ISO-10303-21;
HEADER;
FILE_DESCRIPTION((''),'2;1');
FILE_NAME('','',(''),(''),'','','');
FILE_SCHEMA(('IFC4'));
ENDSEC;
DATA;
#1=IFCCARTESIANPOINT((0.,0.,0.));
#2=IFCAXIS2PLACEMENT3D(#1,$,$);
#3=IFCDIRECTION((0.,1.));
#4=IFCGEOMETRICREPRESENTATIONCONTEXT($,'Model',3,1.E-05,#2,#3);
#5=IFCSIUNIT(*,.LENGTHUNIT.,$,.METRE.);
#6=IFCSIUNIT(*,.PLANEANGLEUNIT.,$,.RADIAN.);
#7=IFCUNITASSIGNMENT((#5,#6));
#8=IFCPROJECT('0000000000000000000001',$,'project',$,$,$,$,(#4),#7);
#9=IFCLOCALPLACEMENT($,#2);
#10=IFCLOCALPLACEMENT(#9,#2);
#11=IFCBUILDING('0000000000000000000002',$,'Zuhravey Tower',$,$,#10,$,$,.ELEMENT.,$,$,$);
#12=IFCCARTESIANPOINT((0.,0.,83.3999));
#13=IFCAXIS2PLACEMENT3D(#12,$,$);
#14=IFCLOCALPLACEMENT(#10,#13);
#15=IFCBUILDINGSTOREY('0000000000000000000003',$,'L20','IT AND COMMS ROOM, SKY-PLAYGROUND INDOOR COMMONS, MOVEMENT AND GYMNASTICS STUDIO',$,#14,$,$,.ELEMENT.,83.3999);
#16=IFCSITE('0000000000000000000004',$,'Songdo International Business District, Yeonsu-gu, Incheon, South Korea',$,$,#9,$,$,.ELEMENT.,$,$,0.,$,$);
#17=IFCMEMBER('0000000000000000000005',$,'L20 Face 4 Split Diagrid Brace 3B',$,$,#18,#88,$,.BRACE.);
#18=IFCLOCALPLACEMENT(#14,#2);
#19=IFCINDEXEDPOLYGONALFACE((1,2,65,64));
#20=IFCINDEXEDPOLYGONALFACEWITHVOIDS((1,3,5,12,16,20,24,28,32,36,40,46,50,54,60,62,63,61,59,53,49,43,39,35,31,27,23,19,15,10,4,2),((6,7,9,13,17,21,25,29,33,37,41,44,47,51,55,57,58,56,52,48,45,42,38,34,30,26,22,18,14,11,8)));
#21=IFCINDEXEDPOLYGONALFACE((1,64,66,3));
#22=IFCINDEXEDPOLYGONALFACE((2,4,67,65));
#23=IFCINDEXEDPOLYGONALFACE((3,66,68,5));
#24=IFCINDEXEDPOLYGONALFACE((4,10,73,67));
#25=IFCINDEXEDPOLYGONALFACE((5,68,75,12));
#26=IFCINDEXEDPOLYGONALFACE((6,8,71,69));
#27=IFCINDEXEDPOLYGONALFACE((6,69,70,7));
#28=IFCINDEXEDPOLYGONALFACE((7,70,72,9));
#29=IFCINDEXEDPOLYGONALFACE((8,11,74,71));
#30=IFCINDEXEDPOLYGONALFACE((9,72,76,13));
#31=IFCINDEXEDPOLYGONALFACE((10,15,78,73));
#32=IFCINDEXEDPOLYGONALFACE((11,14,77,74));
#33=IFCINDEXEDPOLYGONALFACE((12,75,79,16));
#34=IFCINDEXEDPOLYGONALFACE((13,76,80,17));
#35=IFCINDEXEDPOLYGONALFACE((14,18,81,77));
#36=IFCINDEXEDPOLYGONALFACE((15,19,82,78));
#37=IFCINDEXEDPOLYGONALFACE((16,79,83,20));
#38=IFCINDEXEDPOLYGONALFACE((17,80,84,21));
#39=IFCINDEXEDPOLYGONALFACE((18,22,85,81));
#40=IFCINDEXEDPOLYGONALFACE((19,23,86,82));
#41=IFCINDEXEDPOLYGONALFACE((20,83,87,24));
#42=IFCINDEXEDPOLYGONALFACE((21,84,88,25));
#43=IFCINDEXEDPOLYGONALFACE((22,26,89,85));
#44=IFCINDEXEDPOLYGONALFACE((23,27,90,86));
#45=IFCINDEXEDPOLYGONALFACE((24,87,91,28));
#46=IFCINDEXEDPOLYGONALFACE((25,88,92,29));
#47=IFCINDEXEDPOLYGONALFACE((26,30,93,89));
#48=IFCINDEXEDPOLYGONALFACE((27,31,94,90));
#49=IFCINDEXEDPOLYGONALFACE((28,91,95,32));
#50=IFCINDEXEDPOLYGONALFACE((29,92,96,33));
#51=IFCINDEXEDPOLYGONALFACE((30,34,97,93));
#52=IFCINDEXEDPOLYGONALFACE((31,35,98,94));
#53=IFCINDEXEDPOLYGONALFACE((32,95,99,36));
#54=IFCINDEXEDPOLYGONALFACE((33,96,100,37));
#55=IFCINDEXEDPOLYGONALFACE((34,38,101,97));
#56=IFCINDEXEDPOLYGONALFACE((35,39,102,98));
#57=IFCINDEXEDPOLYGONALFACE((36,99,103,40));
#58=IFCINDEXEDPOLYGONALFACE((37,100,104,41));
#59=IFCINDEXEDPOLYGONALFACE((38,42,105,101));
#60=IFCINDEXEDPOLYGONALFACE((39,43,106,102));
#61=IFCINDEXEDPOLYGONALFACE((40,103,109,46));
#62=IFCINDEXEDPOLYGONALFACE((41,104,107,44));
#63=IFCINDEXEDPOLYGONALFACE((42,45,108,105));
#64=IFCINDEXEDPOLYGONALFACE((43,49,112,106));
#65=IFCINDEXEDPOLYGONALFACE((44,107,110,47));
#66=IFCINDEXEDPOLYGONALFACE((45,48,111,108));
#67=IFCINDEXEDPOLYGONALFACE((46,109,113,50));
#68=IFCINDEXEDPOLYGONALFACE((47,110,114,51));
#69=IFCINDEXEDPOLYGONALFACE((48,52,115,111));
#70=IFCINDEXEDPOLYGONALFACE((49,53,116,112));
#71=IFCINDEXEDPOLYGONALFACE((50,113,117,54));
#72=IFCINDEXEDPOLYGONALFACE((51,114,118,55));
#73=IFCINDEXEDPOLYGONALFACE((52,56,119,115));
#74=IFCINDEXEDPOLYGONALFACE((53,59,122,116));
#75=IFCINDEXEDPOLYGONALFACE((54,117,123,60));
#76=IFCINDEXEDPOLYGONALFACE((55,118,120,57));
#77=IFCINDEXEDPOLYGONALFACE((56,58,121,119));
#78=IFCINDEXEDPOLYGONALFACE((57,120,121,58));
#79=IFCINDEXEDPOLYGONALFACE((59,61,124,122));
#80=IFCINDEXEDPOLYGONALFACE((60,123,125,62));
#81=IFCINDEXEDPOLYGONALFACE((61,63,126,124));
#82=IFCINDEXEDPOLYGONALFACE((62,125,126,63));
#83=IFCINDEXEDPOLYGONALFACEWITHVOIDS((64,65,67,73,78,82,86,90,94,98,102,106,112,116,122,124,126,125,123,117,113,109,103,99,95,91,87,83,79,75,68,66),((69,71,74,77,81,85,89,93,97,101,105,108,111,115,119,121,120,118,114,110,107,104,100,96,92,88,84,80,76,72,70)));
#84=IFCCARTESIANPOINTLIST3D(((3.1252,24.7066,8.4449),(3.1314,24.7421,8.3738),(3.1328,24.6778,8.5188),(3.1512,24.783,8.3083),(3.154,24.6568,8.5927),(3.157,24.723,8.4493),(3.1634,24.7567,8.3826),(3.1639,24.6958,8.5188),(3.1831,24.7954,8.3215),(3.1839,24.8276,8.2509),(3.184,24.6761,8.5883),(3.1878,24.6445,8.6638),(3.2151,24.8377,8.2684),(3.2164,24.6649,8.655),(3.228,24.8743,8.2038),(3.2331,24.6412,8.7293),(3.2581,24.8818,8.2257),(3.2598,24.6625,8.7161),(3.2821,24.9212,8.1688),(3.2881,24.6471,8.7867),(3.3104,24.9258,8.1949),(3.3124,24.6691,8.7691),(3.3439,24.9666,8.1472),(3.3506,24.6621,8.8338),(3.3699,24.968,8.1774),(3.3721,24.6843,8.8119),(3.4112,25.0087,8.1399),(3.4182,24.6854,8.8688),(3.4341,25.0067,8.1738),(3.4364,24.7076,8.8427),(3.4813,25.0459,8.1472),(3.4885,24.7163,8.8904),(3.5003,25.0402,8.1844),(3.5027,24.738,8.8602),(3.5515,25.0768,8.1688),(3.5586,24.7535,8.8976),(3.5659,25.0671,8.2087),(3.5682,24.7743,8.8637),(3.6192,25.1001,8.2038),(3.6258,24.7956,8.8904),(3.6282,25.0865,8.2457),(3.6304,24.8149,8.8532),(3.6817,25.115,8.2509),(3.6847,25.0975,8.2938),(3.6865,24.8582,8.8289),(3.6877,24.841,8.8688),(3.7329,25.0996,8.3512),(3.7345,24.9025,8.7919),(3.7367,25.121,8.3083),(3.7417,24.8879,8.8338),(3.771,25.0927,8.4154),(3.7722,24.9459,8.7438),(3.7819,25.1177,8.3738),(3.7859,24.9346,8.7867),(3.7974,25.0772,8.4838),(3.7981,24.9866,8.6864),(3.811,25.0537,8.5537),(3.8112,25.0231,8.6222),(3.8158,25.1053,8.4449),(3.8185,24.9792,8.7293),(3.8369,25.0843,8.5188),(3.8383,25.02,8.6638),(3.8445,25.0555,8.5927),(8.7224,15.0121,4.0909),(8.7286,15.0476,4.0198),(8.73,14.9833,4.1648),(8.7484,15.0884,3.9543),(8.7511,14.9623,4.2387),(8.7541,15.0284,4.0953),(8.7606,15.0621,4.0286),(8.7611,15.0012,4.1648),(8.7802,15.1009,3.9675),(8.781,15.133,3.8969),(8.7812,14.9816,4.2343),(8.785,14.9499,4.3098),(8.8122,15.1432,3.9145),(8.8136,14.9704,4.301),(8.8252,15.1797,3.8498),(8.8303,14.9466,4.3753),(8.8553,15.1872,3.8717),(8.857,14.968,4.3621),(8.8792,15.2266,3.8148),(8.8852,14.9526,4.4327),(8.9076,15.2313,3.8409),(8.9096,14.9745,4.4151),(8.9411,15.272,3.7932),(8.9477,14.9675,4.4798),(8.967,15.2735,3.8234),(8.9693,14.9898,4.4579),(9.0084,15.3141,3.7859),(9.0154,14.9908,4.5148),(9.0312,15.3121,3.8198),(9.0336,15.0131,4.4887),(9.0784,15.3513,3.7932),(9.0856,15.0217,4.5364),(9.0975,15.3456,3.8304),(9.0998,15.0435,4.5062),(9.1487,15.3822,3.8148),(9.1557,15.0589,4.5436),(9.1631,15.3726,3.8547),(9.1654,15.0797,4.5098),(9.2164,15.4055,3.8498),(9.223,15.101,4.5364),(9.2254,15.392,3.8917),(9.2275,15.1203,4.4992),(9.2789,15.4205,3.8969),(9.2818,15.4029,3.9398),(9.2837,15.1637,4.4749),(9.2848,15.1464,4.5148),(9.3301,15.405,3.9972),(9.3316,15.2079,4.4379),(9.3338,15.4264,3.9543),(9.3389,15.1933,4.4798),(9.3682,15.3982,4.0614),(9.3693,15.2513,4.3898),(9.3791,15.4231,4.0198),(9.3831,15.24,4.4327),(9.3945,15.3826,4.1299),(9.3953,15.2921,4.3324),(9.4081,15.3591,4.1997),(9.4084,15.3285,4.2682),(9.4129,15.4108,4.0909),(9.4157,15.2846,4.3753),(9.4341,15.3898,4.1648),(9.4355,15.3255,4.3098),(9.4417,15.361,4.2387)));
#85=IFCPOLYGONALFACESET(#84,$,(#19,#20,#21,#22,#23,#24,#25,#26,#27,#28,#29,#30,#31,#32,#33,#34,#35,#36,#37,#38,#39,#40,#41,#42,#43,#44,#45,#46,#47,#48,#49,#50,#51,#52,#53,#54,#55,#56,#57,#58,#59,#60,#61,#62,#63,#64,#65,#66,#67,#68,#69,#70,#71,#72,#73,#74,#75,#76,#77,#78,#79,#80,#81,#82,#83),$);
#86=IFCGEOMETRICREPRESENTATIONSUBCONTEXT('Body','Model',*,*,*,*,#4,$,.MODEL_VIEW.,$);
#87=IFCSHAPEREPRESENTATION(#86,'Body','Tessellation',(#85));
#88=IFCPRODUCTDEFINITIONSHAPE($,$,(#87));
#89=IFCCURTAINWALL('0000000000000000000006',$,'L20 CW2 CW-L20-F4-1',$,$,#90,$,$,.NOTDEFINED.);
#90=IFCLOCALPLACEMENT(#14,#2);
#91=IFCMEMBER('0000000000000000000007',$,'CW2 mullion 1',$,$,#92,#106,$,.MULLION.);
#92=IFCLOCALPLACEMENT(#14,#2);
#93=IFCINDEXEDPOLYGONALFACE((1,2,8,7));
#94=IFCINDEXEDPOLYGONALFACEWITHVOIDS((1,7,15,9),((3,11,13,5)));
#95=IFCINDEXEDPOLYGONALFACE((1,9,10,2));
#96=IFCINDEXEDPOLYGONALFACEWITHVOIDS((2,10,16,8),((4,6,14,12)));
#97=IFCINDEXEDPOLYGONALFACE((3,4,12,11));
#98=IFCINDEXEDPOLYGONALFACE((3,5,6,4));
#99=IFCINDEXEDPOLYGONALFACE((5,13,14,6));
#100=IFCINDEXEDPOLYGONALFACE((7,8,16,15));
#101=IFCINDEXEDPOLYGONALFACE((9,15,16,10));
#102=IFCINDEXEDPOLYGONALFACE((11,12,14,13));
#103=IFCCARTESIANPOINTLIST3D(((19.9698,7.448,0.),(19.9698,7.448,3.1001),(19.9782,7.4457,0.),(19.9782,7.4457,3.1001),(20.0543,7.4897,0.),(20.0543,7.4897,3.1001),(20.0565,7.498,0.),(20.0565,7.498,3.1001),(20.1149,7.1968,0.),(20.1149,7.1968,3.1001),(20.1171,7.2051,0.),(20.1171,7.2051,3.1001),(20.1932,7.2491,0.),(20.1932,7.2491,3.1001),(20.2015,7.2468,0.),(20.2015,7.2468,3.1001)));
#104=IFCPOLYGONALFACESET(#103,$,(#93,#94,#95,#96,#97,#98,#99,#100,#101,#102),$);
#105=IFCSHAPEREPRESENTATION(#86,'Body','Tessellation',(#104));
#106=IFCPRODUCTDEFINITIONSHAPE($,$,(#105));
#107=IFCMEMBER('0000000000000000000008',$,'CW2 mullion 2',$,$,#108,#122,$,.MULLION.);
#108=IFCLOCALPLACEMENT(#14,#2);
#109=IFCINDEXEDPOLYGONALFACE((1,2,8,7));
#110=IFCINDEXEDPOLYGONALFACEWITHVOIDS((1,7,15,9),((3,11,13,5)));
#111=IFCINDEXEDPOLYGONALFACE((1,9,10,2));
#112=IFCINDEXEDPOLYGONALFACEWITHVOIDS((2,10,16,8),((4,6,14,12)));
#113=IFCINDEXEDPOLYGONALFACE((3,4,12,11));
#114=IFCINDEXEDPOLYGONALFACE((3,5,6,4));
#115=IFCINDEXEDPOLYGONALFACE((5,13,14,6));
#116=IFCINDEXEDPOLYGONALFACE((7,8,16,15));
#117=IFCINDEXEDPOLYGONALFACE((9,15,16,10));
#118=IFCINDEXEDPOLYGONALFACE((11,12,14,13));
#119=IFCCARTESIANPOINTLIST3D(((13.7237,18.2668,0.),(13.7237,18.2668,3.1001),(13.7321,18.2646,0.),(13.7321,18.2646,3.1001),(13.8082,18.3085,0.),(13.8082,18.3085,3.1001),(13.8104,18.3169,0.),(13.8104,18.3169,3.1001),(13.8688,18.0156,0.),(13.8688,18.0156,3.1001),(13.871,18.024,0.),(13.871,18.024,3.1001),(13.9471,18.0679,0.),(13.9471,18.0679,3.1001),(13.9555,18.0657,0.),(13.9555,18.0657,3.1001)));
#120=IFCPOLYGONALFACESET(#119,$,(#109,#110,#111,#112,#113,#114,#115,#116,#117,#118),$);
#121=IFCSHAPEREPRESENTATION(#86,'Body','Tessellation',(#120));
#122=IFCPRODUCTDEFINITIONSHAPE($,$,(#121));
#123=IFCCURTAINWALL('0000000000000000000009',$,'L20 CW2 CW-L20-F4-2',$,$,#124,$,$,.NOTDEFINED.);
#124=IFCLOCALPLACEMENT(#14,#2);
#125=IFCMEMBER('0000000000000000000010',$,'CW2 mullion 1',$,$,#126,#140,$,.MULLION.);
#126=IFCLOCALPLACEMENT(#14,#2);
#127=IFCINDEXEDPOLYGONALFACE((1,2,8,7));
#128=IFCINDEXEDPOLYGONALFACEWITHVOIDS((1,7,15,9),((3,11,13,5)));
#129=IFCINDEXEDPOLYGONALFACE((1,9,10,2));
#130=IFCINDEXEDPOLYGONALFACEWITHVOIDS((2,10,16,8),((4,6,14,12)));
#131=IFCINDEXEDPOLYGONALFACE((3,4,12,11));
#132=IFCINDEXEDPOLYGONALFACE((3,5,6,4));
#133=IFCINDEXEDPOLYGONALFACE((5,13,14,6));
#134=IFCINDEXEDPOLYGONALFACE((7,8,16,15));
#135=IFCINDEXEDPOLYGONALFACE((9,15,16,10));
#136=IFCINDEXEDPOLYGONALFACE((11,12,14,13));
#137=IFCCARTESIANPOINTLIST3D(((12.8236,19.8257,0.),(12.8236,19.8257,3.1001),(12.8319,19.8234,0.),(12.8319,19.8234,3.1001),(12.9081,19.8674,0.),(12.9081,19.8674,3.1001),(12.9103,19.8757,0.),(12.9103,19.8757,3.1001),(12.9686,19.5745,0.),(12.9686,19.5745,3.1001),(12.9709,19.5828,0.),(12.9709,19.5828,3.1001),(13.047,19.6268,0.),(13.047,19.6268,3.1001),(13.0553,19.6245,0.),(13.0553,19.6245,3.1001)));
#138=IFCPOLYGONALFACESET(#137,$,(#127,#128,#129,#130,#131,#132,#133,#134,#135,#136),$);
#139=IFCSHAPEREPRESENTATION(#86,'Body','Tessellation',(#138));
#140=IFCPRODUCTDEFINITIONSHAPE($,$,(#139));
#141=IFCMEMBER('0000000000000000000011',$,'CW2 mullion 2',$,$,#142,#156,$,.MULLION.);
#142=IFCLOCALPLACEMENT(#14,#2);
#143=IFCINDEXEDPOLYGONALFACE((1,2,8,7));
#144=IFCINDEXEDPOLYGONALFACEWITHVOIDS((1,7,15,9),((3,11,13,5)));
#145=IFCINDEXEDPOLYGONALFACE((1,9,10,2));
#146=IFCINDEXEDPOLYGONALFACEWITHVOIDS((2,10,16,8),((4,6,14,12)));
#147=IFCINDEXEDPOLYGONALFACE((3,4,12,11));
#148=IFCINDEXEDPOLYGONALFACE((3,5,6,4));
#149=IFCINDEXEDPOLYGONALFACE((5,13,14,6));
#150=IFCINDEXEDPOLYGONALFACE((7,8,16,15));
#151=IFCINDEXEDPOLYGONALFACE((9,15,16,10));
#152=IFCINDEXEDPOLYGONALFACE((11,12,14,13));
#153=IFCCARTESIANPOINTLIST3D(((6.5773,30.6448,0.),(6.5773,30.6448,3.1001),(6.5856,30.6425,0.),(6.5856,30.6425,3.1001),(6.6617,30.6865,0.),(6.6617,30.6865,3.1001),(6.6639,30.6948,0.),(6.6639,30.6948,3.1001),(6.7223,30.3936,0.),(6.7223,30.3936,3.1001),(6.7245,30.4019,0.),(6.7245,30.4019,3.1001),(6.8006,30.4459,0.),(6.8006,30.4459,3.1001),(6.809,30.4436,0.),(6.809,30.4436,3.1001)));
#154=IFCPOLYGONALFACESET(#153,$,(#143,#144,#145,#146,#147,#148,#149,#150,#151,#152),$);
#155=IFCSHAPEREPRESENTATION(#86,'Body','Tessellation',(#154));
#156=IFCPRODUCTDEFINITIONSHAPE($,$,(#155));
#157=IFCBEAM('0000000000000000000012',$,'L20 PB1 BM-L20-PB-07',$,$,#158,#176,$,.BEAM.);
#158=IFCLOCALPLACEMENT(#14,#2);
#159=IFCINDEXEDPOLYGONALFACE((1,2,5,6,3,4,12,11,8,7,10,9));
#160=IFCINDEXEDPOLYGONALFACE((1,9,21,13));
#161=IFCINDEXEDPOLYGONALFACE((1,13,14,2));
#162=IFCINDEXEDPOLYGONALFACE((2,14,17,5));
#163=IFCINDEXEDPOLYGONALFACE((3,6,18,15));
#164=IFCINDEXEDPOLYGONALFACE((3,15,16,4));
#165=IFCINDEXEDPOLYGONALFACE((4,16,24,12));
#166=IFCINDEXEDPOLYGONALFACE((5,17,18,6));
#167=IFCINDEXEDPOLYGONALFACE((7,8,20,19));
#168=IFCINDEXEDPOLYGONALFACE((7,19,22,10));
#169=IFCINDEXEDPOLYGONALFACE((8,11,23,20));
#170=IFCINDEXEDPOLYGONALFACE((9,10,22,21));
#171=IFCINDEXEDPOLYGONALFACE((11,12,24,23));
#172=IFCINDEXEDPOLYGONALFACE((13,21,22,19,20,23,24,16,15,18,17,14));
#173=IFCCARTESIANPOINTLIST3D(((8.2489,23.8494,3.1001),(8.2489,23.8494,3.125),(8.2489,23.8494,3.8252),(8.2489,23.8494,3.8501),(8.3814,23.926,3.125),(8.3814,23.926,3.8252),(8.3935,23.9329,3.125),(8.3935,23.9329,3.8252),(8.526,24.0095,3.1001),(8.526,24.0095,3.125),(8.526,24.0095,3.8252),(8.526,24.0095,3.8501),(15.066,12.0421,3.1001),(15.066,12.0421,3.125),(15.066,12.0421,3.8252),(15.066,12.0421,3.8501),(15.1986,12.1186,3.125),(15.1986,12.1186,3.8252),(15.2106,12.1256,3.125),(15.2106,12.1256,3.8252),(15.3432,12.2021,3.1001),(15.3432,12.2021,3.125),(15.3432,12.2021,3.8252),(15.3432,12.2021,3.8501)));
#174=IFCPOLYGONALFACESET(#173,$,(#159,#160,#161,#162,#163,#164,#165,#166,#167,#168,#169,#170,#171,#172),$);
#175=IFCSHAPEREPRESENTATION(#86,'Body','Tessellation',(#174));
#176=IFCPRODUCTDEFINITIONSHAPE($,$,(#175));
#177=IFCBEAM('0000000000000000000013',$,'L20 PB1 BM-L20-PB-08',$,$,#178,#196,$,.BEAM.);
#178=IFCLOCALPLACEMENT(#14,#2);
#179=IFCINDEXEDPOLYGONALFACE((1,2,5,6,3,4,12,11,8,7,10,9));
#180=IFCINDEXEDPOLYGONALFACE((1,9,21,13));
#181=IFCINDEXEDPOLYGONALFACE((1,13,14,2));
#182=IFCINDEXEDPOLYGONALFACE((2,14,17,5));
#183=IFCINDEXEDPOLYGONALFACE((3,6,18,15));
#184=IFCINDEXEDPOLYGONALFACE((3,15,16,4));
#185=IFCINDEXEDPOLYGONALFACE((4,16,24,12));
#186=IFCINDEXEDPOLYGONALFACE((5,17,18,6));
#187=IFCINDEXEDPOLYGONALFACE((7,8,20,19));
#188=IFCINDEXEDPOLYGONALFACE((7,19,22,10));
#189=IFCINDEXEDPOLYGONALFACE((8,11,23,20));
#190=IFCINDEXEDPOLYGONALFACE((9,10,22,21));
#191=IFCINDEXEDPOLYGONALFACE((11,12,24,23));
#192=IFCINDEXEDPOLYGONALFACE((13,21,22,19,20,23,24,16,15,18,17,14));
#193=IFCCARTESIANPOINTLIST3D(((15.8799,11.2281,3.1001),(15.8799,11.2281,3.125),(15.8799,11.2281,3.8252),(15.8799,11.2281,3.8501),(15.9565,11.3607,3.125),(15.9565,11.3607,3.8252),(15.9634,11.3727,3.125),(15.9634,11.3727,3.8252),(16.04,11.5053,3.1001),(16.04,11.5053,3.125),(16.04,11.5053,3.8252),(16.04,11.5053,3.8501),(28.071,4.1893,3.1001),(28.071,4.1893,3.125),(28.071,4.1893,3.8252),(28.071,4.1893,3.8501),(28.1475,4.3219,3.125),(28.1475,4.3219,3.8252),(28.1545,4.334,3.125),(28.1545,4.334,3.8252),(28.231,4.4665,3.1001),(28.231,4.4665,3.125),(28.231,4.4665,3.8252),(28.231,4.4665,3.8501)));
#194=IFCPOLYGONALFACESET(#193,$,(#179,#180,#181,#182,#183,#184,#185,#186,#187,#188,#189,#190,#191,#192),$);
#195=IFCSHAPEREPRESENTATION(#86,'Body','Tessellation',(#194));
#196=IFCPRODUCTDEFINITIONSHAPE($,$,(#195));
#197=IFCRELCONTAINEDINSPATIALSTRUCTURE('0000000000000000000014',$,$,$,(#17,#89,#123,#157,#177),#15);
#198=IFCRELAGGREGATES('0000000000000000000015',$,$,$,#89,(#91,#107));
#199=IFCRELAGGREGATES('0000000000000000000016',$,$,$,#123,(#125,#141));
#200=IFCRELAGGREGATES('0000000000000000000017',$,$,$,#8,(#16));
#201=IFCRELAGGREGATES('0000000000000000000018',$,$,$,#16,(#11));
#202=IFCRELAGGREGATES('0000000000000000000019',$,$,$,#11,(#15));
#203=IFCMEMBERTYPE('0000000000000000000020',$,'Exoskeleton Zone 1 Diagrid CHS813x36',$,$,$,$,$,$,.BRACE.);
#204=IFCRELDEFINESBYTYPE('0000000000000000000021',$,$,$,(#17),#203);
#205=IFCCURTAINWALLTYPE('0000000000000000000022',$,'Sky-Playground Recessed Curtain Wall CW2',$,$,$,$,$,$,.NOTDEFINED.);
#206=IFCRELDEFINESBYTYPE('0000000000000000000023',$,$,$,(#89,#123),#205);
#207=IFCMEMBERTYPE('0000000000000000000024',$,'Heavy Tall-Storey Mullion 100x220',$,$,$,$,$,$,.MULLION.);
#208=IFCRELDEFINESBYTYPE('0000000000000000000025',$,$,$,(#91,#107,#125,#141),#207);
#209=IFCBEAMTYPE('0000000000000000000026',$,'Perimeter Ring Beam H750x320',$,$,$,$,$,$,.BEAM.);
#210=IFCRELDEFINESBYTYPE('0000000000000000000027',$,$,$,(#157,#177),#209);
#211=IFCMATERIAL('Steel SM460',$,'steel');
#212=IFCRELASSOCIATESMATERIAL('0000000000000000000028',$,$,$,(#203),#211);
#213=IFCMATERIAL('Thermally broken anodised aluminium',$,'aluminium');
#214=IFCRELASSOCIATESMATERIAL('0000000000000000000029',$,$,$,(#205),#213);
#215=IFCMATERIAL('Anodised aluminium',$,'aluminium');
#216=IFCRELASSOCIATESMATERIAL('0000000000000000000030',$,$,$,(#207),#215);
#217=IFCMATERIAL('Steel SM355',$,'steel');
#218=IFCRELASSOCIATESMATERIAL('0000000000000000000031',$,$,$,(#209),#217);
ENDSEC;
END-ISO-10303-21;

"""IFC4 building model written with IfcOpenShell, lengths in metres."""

from ifc_helpers import new_model, si_unit, direction, frame, origin, origin_2d, place, context, subcontext, project, spatial, hollow_rectangle, hollow_circle, i_section, extrude, material, material_profile, profile_set, type_object, element, aggregate, save


model = new_model("IFC4")

# Units and contexts
model_context = context("Model", 3, precision=1e-05, world=origin(), true_north=direction((0.0, 1.0)))
body_context = subcontext(model_context, "Body", "Model", "MODEL_VIEW")
ifc_project = project(units=[si_unit("LENGTHUNIT", "METRE"), si_unit("PLANEANGLEUNIT", "RADIAN")], contexts=[model_context])

# Site, building, storey
site_placement = place(None, origin())
site = spatial("IfcSite", under=ifc_project, at=site_placement, Name="Songdo International Business District, Yeonsu-gu, Incheon, South Korea", CompositionType="ELEMENT", RefElevation=0.0)
building_placement = place(site_placement, origin())
building = spatial("IfcBuilding", under=site, at=building_placement, Name="Zuhravey Tower", CompositionType="ELEMENT")
storey_placement = place(building_placement, frame((0.0, 0.0, 83.3999)))
storey = spatial("IfcBuildingStorey", under=building, at=storey_placement, Name="L20", Description="IT AND COMMS ROOM, SKY-PLAYGROUND INDOOR COMMONS, MOVEMENT AND GYMNASTICS STUDIO", CompositionType="ELEMENT", Elevation=83.3999)

# Member
ifc_material_1 = material(Name="Steel SM460", Category="steel")
ifc_material_profile_1 = material_profile(ifc_material_1, hollow_circle(Radius=0.4065, WallThickness=0.0359, at=origin_2d()), Name="CHS-812.8x36")
ifc_profile_set_1 = profile_set([ifc_material_profile_1], Name="Steel SM460")
member_type_1 = type_object("IfcMemberType", Name="Exoskeleton Zone 1 Diagrid CHS813x36", PredefinedType="BRACE", material=ifc_profile_set_1)
member_1_placement = place(storey_placement, frame((9.082, 15.1865, 4.1648), z_axis=(-0.465993, 0.807124, 0.362493), x_axis=(-0.866025, -0.5, 0.0)))
element("IfcMember", 1, at=member_1_placement, inside=storey, type_object=member_type_1, Name="L20 Face 4 Split Diagrid Brace 3B", PredefinedType="BRACE", context=body_context, shape_type="SweptSolid", body=[
    extrude(hollow_circle(Radius=0.4065, WallThickness=0.0359, at=origin_2d()), origin(), (0.0, 0.0, 1.0), 12.0112),
])

# Curtain walls, members
ifc_material_2 = material(Name="Thermally broken anodised aluminium", Category="aluminium")
curtain_wall_type = type_object("IfcCurtainWallType", Name="Sky-Playground Recessed Curtain Wall CW2", PredefinedType="NOTDEFINED", material=ifc_material_2)
curtain_wall_1_placement = place(storey_placement, origin())
curtain_wall_1 = element("IfcCurtainWall", 2, at=curtain_wall_1_placement, inside=storey, type_object=curtain_wall_type, Name="L20 CW2 CW-L20-F4-1", PredefinedType="NOTDEFINED")
ifc_material_3 = material(Name="Anodised aluminium", Category="aluminium")
ifc_material_profile_2 = material_profile(ifc_material_3, hollow_rectangle(XDim=0.1001, YDim=0.29, WallThickness=0.0061, at=origin_2d()), Name="ALU-RHS-100x290x6")
ifc_profile_set_2 = profile_set([ifc_material_profile_2], Name="Anodised aluminium")
member_type_2 = type_object("IfcMemberType", Name="Heavy Tall-Storey Mullion 100x220", PredefinedType="MULLION", material=ifc_profile_set_2)
member_2_placement = place(storey_placement, frame((20.0857, 7.3474, 0.0), z_axis=(0.0, 0.0, 1.0), x_axis=(-0.866027, -0.499997, 0.0)))
member_2 = element("IfcMember", 3, at=member_2_placement, type_object=member_type_2, Name="CW2 mullion 1", PredefinedType="MULLION", context=body_context, shape_type="SweptSolid", body=[
    extrude(hollow_rectangle(XDim=0.1001, YDim=0.29, WallThickness=0.0061, at=origin_2d()), origin(), (0.0, 0.0, 1.0), 3.1001),
])
member_3_placement = place(storey_placement, frame((13.8396, 18.1663, 0.0), z_axis=(0.0, 0.0, 1.0), x_axis=(-0.866027, -0.499997, 0.0)))
member_3 = element("IfcMember", 4, at=member_3_placement, type_object=member_type_2, Name="CW2 mullion 2", PredefinedType="MULLION", context=body_context, shape_type="SweptSolid", body=[
    extrude(hollow_rectangle(XDim=0.1001, YDim=0.29, WallThickness=0.0061, at=origin_2d()), origin(), (0.0, 0.0, 1.0), 3.1001),
])
curtain_wall_2_placement = place(storey_placement, origin())
curtain_wall_2 = element("IfcCurtainWall", 5, at=curtain_wall_2_placement, inside=storey, type_object=curtain_wall_type, Name="L20 CW2 CW-L20-F4-2", PredefinedType="NOTDEFINED")
member_4_placement = place(storey_placement, frame((12.9395, 19.7251, 0.0), z_axis=(0.0, 0.0, 1.0), x_axis=(-0.866026, -0.499999, 0.0)))
member_4 = element("IfcMember", 6, at=member_4_placement, type_object=member_type_2, Name="CW2 mullion 1", PredefinedType="MULLION", context=body_context, shape_type="SweptSolid", body=[
    extrude(hollow_rectangle(XDim=0.1001, YDim=0.29, WallThickness=0.0061, at=origin_2d()), origin(), (0.0, 0.0, 1.0), 3.1001),
])
member_5_placement = place(storey_placement, frame((6.6931, 30.5442, 0.0), z_axis=(0.0, 0.0, 1.0), x_axis=(-0.866026, -0.499999, 0.0)))
member_5 = element("IfcMember", 7, at=member_5_placement, type_object=member_type_2, Name="CW2 mullion 2", PredefinedType="MULLION", context=body_context, shape_type="SweptSolid", body=[
    extrude(hollow_rectangle(XDim=0.1001, YDim=0.29, WallThickness=0.0061, at=origin_2d()), origin(), (0.0, 0.0, 1.0), 3.1001),
])

# Beams
ifc_material_4 = material(Name="Steel SM355", Category="steel")
ifc_material_profile_3 = material_profile(ifc_material_4, i_section(OverallWidth=0.3201, OverallDepth=0.75, WebThickness=0.0139, FlangeThickness=0.0249, at=origin_2d()), Name="H-750x320x14x25")
ifc_profile_set_3 = profile_set([ifc_material_profile_3], Name="Steel SM355")
beam_type_1 = type_object("IfcBeamType", Name="Perimeter Ring Beam H750x320", PredefinedType="BEAM", material=ifc_profile_set_3)
beam_1_placement = place(storey_placement, frame((8.3875, 23.9294, 3.4751), z_axis=(0.500008, -0.866021, 0.0), x_axis=(0.866021, 0.500008, 0.0)))
element("IfcBeam", 8, at=beam_1_placement, inside=storey, type_object=beam_type_1, Name="L20 PB1 BM-L20-PB-07", PredefinedType="BEAM", context=body_context, shape_type="SweptSolid", body=[
    extrude(i_section(OverallWidth=0.3201, OverallDepth=0.75, WebThickness=0.0139, FlangeThickness=0.0249, at=origin_2d()), origin(), (0.0, 0.0, 1.0), 13.634),
])
beam_2_placement = place(storey_placement, frame((15.96, 11.3667, 3.4751), z_axis=(0.866018, -0.500013, 0.0), x_axis=(0.500013, 0.866018, 0.0)))
element("IfcBeam", 9, at=beam_2_placement, inside=storey, type_object=beam_type_1, Name="L20 PB1 BM-L20-PB-08", PredefinedType="BEAM", context=body_context, shape_type="SweptSolid", body=[
    extrude(i_section(OverallWidth=0.3201, OverallDepth=0.75, WebThickness=0.0139, FlangeThickness=0.0249, at=origin_2d()), origin(), (0.0, 0.0, 1.0), 14.0771),
])

aggregate(curtain_wall_1, [member_2, member_3])
aggregate(curtain_wall_2, [member_4, member_5])

save(model, "model.ifc")
